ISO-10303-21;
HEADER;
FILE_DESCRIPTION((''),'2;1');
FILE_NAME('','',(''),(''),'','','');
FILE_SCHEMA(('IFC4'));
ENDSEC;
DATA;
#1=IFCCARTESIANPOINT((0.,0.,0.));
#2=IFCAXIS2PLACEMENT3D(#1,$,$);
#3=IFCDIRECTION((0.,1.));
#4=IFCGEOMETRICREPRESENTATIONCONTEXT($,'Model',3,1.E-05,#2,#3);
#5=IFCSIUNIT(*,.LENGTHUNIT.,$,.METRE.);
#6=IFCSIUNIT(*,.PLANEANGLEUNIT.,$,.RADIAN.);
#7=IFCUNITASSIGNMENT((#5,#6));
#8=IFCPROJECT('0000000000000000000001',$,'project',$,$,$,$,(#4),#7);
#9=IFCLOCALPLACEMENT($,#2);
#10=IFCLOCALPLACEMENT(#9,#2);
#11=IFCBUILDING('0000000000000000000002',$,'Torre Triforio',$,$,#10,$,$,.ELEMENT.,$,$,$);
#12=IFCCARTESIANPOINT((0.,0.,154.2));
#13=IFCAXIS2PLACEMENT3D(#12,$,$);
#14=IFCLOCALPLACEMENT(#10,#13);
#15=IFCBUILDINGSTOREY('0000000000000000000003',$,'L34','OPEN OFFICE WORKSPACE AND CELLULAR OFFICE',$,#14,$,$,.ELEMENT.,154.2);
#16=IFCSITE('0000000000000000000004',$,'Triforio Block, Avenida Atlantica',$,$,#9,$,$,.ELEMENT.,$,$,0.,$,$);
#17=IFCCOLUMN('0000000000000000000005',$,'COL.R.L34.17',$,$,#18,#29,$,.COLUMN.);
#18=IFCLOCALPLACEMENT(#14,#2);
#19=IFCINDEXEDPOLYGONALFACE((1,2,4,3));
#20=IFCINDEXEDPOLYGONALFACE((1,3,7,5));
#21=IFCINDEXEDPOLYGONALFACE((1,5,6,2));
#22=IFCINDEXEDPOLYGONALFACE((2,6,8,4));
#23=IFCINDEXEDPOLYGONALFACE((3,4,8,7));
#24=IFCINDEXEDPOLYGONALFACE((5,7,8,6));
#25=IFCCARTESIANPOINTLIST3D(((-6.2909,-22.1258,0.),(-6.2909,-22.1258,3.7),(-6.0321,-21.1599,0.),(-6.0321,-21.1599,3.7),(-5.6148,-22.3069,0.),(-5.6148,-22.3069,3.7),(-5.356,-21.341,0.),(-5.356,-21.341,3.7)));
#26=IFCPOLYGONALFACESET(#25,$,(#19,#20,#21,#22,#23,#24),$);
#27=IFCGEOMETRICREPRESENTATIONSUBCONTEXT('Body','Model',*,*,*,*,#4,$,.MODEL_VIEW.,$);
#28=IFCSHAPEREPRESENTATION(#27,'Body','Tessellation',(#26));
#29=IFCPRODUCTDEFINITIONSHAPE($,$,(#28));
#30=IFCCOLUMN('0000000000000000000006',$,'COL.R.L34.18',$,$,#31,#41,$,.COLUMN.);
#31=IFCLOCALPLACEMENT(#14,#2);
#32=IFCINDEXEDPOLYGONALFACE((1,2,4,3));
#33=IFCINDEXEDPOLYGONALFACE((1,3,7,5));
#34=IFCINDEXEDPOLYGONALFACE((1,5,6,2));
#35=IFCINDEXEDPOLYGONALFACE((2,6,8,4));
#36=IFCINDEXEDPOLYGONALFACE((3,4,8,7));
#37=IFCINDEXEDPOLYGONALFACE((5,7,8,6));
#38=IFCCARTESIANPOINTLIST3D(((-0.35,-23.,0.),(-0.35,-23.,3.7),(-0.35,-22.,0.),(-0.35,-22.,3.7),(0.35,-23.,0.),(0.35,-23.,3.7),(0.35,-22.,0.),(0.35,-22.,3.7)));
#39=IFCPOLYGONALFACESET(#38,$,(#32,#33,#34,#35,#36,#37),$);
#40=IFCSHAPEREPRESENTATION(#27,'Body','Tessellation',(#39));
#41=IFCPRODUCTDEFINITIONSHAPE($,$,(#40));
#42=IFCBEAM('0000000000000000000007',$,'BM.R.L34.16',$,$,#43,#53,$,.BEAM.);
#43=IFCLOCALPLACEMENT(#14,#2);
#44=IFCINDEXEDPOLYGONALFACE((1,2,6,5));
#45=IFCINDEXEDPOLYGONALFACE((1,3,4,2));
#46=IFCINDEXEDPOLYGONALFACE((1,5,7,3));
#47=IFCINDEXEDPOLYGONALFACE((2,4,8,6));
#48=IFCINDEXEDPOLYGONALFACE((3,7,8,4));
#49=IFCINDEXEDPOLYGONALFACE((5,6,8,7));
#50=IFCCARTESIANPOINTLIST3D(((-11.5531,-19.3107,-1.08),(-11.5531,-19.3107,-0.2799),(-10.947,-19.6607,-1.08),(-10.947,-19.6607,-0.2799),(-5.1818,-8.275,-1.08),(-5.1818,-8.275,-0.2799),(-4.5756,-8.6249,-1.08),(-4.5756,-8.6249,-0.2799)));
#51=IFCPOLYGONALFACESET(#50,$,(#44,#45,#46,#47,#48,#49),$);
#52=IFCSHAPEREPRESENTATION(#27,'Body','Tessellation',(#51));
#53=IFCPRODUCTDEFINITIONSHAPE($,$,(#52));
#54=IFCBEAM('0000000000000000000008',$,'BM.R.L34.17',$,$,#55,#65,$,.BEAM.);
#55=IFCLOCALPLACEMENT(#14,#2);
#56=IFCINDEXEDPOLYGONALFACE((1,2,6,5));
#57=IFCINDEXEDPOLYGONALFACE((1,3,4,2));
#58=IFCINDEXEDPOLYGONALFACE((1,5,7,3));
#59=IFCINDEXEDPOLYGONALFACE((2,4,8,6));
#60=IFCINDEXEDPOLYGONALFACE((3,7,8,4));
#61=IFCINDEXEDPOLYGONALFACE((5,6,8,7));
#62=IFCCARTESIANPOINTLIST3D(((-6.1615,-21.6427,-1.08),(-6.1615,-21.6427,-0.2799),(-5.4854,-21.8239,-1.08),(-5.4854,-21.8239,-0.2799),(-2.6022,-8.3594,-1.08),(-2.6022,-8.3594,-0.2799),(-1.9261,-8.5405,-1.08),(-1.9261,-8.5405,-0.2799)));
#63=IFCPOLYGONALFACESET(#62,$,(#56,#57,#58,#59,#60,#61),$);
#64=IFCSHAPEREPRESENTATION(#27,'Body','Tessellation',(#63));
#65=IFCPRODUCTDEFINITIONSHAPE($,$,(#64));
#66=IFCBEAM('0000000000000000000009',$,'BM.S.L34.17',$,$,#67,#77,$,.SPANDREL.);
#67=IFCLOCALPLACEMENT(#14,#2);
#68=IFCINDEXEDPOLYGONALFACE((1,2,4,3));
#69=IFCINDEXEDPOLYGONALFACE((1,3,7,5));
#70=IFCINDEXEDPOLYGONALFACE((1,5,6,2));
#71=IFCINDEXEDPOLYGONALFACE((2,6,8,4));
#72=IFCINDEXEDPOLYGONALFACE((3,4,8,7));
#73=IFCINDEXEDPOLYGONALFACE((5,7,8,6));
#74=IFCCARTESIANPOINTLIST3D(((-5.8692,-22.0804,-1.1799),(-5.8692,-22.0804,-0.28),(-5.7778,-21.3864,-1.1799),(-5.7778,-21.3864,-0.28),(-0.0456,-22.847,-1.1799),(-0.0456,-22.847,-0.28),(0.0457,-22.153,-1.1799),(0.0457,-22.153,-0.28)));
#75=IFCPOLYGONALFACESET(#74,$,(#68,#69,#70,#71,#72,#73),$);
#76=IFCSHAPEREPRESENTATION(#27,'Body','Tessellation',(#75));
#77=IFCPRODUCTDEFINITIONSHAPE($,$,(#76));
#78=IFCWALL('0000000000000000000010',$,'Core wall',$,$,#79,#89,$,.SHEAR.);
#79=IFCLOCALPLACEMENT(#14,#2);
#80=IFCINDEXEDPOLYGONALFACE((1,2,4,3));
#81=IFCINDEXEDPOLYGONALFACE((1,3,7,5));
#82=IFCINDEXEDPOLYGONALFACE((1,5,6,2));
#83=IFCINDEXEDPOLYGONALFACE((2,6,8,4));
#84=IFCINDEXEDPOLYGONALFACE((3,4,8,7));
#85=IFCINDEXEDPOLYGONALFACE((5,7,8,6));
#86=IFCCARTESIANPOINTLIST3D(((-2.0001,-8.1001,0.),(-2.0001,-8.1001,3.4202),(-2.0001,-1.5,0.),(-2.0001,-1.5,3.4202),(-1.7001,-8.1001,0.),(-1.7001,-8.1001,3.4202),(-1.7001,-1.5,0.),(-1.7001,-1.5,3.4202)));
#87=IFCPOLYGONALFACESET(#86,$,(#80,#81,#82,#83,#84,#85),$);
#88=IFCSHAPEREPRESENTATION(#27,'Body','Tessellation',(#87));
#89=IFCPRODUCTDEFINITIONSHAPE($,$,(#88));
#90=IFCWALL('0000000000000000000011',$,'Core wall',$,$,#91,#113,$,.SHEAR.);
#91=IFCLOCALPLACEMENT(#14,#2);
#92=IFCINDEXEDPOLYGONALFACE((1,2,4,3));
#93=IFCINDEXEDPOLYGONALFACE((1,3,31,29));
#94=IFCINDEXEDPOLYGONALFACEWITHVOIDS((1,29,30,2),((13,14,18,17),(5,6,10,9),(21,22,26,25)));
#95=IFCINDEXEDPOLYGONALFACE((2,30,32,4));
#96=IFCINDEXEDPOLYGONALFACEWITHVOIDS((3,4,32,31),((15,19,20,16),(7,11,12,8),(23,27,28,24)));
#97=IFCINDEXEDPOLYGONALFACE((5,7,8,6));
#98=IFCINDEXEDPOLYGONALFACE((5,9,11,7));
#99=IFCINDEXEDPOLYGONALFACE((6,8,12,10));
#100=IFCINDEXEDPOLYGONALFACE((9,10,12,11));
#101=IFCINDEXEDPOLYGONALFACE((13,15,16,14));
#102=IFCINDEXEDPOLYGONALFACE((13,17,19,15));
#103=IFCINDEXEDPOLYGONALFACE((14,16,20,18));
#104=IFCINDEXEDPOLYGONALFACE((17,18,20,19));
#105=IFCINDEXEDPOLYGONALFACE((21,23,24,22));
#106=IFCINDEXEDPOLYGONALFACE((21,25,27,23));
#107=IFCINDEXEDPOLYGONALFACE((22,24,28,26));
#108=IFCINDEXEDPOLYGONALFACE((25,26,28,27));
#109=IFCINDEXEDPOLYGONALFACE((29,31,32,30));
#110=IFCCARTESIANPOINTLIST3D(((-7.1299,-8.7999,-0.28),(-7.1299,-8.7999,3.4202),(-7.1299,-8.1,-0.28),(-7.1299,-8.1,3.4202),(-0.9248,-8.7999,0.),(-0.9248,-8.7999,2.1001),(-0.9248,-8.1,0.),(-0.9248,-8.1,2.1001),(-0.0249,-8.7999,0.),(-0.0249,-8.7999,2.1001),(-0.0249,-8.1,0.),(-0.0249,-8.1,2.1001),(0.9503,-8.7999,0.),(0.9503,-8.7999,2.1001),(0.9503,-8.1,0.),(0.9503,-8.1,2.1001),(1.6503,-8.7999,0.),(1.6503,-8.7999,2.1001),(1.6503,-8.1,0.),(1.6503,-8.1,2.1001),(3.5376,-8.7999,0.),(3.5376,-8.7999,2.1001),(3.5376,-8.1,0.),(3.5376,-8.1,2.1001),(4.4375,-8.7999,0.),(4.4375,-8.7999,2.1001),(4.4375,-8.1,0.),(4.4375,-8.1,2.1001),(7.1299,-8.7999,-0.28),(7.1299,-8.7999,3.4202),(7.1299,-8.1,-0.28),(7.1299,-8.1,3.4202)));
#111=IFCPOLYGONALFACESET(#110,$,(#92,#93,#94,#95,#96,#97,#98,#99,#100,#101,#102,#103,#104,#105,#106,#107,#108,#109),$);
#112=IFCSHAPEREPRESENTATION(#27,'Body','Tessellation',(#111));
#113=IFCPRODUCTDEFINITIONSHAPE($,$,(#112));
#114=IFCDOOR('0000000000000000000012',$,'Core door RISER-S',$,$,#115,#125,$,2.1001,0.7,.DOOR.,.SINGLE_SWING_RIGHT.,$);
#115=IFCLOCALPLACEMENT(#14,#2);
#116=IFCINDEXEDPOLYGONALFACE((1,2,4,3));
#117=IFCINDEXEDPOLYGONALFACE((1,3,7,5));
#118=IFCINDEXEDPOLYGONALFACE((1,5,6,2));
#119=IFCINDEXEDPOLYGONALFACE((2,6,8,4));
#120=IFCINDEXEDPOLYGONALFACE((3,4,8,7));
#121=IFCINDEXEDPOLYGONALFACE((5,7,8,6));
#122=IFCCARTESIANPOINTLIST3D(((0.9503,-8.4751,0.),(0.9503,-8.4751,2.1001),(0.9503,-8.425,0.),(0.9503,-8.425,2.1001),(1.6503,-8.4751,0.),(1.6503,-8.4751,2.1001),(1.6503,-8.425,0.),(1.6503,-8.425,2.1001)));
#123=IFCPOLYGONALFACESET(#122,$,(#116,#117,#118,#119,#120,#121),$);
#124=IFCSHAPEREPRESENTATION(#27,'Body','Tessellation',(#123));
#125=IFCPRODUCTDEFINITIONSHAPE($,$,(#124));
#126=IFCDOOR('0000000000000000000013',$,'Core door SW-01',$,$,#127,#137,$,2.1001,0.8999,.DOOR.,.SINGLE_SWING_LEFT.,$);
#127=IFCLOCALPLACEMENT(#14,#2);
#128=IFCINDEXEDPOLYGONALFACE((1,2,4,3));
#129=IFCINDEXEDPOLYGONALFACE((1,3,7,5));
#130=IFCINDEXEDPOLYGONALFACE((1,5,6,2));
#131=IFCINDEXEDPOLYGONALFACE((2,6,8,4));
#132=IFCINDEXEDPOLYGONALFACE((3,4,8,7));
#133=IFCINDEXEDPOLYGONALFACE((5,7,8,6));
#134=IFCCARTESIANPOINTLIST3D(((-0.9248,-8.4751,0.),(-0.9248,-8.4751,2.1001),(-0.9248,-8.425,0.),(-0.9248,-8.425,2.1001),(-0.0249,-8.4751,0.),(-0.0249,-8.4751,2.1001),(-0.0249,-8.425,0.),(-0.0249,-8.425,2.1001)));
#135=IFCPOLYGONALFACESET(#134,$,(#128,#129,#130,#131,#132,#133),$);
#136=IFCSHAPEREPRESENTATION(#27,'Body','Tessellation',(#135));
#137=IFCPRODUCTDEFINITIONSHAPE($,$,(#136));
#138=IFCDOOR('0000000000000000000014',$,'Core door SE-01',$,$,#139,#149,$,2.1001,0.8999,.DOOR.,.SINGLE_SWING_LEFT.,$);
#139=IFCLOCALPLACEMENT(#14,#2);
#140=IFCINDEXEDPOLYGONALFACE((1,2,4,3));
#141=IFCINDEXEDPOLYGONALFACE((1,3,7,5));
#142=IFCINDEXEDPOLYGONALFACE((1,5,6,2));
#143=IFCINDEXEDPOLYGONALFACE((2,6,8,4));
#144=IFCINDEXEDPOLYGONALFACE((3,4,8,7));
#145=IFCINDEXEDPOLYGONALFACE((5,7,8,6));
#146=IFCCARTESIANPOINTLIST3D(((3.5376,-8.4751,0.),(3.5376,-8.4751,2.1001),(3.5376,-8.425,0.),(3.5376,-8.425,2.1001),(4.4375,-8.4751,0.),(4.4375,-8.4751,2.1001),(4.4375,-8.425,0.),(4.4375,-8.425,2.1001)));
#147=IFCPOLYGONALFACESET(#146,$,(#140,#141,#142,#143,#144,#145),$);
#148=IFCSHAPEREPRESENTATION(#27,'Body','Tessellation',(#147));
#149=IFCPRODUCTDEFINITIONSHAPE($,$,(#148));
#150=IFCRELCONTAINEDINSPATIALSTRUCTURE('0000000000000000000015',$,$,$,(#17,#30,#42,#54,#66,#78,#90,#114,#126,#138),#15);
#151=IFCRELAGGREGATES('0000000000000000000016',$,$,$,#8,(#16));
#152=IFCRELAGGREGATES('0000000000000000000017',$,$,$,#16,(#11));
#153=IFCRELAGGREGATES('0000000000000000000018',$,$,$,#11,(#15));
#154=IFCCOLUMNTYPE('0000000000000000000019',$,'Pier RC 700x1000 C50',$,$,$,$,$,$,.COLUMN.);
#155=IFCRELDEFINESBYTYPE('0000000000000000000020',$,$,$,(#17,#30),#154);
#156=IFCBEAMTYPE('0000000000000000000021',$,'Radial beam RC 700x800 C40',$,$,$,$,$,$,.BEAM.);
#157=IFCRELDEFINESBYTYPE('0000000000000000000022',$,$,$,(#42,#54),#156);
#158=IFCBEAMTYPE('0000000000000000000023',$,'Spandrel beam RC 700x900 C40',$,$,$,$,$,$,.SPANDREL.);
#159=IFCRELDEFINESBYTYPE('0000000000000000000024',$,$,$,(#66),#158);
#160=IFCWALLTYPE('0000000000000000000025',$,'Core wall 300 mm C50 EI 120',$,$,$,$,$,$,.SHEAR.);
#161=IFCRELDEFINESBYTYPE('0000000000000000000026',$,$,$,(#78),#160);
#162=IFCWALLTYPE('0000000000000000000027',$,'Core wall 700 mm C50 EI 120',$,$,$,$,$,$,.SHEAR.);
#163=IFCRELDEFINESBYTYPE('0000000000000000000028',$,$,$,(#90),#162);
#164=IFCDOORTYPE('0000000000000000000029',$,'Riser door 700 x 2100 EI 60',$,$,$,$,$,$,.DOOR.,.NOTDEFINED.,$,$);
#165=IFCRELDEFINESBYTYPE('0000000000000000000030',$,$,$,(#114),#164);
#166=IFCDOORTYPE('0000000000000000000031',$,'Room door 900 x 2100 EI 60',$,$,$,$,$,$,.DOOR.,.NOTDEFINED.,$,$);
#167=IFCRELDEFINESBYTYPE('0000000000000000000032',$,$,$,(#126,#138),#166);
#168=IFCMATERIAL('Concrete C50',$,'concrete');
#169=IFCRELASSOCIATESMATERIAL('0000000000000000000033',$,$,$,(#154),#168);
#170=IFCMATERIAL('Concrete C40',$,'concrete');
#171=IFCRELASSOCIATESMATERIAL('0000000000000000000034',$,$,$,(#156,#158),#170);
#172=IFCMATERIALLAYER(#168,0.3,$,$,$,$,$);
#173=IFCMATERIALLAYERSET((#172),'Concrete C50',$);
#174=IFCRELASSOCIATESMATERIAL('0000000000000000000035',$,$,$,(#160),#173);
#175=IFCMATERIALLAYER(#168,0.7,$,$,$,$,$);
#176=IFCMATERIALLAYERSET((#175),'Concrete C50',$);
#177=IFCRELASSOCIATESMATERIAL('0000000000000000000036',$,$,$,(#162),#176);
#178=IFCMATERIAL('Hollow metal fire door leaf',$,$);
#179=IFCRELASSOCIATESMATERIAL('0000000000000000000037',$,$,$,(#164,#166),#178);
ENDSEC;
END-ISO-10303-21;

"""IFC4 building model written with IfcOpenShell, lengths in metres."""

from ifc_helpers import new_model, si_unit, direction, frame, frame_2d, origin, origin_2d, place, context, subcontext, project, spatial, rectangle, extrude, material, layer, layer_set, material_profile, profile_set, type_object, element, fill, save


model = new_model("IFC4")

# Units and contexts
model_context = context("Model", 3, precision=1e-05, world=origin(), true_north=direction((0.0, 1.0)))
body_context = subcontext(model_context, "Body", "Model", "MODEL_VIEW")
ifc_project = project(units=[si_unit("LENGTHUNIT", "METRE"), si_unit("PLANEANGLEUNIT", "RADIAN")], contexts=[model_context])

# Site, building, storey
site_placement = place(None, origin())
site = spatial("IfcSite", under=ifc_project, at=site_placement, Name="Triforio Block, Avenida Atlantica", CompositionType="ELEMENT", RefElevation=0.0)
building_placement = place(site_placement, origin())
building = spatial("IfcBuilding", under=site, at=building_placement, Name="Torre Triforio", CompositionType="ELEMENT")
storey_placement = place(building_placement, frame((0.0, 0.0, 154.2)))
storey = spatial("IfcBuildingStorey", under=building, at=storey_placement, Name="L34", Description="OPEN OFFICE WORKSPACE AND CELLULAR OFFICE", CompositionType="ELEMENT", Elevation=154.2)

# Columns
ifc_material_1 = material(Name="Concrete C50", Category="concrete")
ifc_material_profile_1 = material_profile(ifc_material_1, rectangle(XDim=0.7, YDim=1.0, at=origin_2d()), Name="RC 700x1000")
ifc_profile_set_1 = profile_set([ifc_material_profile_1], Name="Concrete C50")
column_type = type_object("IfcColumnType", Name="Pier RC 700x1000 C50", PredefinedType="COLUMN", material=ifc_profile_set_1)
for number, where, z_axis, x_axis, name in (
    (1, (-5.8235, -21.7334, 0.0), (0.0, 0.0, 1.0), (0.965926, -0.258819, 0.0), "COL.R.L34.17"),
    (2, (0.0, -22.5, 0.0), (0.0, 0.0, 1.0), (1.0, 0.0, 0.0), "COL.R.L34.18"),
):
    element("IfcColumn", number, at=place(storey_placement, frame(where, z_axis=z_axis, x_axis=x_axis)), inside=storey, type_object=column_type, Name=name, PredefinedType="COLUMN", context=body_context, shape_type="SweptSolid", body=[
        extrude(rectangle(XDim=0.7, YDim=1.0, at=origin_2d()), origin(), (0.0, 0.0, 1.0), 3.7),
    ])

# Beams
ifc_material_2 = material(Name="Concrete C40", Category="concrete")
ifc_material_profile_2 = material_profile(ifc_material_2, rectangle(XDim=0.7, YDim=0.8, at=origin_2d()), Name="RC 700x800")
ifc_profile_set_2 = profile_set([ifc_material_profile_2], Name="Concrete C40")
beam_type_1 = type_object("IfcBeamType", Name="Radial beam RC 700x800 C40", PredefinedType="BEAM", material=ifc_profile_set_2)
beam_1_placement = place(storey_placement, frame((-4.8787, -8.45, -0.6799), z_axis=(-0.499994, -0.866029, 0.0), x_axis=(0.866029, -0.499994, 0.0)))
element("IfcBeam", 3, at=beam_1_placement, inside=storey, type_object=beam_type_1, Name="BM.R.L34.16", PredefinedType="BEAM", context=body_context, shape_type="SweptSolid", body=[
    extrude(rectangle(XDim=0.7, YDim=0.8, at=origin_2d()), origin(), (0.0, 0.0, 1.0), 12.7429),
])
beam_2_placement = place(storey_placement, frame((-2.2642, -8.45, -0.6799), z_axis=(-0.258822, -0.965925, 0.0), x_axis=(0.965925, -0.258822, 0.0)))
element("IfcBeam", 4, at=beam_2_placement, inside=storey, type_object=beam_type_1, Name="BM.R.L34.17", PredefinedType="BEAM", context=body_context, shape_type="SweptSolid", body=[
    extrude(rectangle(XDim=0.7, YDim=0.8, at=origin_2d()), origin(), (0.0, 0.0, 1.0), 13.752),
])
ifc_material_profile_3 = material_profile(ifc_material_2, rectangle(XDim=0.7, YDim=0.8999, at=origin_2d()), Name="RC 700x900")
ifc_profile_set_3 = profile_set([ifc_material_profile_3], Name="Concrete C40")
beam_type_2 = type_object("IfcBeamType", Name="Spandrel beam RC 700x900 C40", PredefinedType="SPANDREL", material=ifc_profile_set_3)
beam_3_placement = place(storey_placement, frame((-5.8235, -21.7334, -0.73), z_axis=(0.991447, -0.130514, 0.0), x_axis=(0.130514, 0.991447, 0.0)))
element("IfcBeam", 5, at=beam_3_placement, inside=storey, type_object=beam_type_2, Name="BM.S.L34.17", PredefinedType="SPANDREL", context=body_context, shape_type="SweptSolid", body=[
    extrude(rectangle(XDim=0.7, YDim=0.8999, at=origin_2d()), origin(), (0.0, 0.0, 1.0), 5.8738),
])

# Wall
ifc_layer_1 = layer(ifc_material_1, 0.3)
ifc_layer_set_1 = layer_set([ifc_layer_1], Name="Concrete C50")
wall_type_1 = type_object("IfcWallType", Name="Core wall 300 mm C50 EI 120", PredefinedType="SHEAR", material=ifc_layer_set_1)
wall_1_placement = place(storey_placement, frame((-1.8501, -8.1001, 0.0), z_axis=(0.0, 0.0, 1.0), x_axis=(0.0, 1.0, 0.0)))
element("IfcWall", 6, at=wall_1_placement, inside=storey, type_object=wall_type_1, Name="Core wall", PredefinedType="SHEAR", context=body_context, shape_type="SweptSolid", body=[
    extrude(rectangle(XDim=6.6001, YDim=0.3, at=frame_2d((3.3, 0.0))), origin(), (0.0, 0.0, 1.0), 3.4202),
])

# Wall, openings, doors
ifc_layer_2 = layer(ifc_material_1, 0.7)
ifc_layer_set_2 = layer_set([ifc_layer_2], Name="Concrete C50")
wall_type_2 = type_object("IfcWallType", Name="Core wall 700 mm C50 EI 120", PredefinedType="SHEAR", material=ifc_layer_set_2)
wall_2_placement = place(storey_placement, frame((-7.1299, -8.45, -0.28), z_axis=(0.0, 0.0, 1.0), x_axis=(1.0, 0.0, 0.0)))
wall_2 = element("IfcWall", 7, at=wall_2_placement, inside=storey, type_object=wall_type_2, Name="Core wall", PredefinedType="SHEAR", context=body_context, shape_type="SweptSolid", body=[
    extrude(rectangle(XDim=14.2598, YDim=0.7, at=frame_2d((7.1299, 0.0))), origin(), (0.0, 0.0, 1.0), 3.7002),
])
opening_1_placement = place(wall_2_placement, frame((8.0801, 0.0, 0.28)))
opening_1 = element("IfcOpeningElement", 8, at=opening_1_placement, cuts=wall_2, PredefinedType="OPENING", context=body_context, shape_type="SweptSolid", body=[
    extrude(rectangle(XDim=0.7, YDim=2.1001, at=frame_2d((0.3501, 1.05))), frame((0.0, 0.3599, 0.0), z_axis=(0.0, -1.0, 0.0), x_axis=(1.0, 0.0, 0.0)), (0.0, 0.0, 1.0), 0.72),
])
opening_2_placement = place(wall_2_placement, frame((6.2051, 0.0, 0.28)))
opening_2 = element("IfcOpeningElement", 9, at=opening_2_placement, cuts=wall_2, PredefinedType="OPENING", context=body_context, shape_type="SweptSolid", body=[
    extrude(rectangle(XDim=0.8999, YDim=2.1001, at=frame_2d((0.45, 1.05))), frame((0.0, 0.3599, 0.0), z_axis=(0.0, -1.0, 0.0), x_axis=(1.0, 0.0, 0.0)), (0.0, 0.0, 1.0), 0.72),
])
opening_3_placement = place(wall_2_placement, frame((10.6675, 0.0, 0.28)))
opening_3 = element("IfcOpeningElement", 10, at=opening_3_placement, cuts=wall_2, PredefinedType="OPENING", context=body_context, shape_type="SweptSolid", body=[
    extrude(rectangle(XDim=0.8999, YDim=2.1001, at=frame_2d((0.45, 1.05))), frame((0.0, 0.3599, 0.0), z_axis=(0.0, -1.0, 0.0), x_axis=(1.0, 0.0, 0.0)), (0.0, 0.0, 1.0), 0.72),
])
ifc_material_3 = material(Name="Hollow metal fire door leaf")
door_type_1 = type_object("IfcDoorType", Name="Riser door 700 x 2100 EI 60", OperationType="NOTDEFINED", PredefinedType="DOOR", material=ifc_material_3)
door_1_placement = place(opening_1_placement, origin())
door_1 = element("IfcDoor", 11, at=door_1_placement, inside=storey, type_object=door_type_1, Name="Core door RISER-S", OperationType="SINGLE_SWING_RIGHT", OverallHeight=2.1001, OverallWidth=0.7, PredefinedType="DOOR", context=body_context, shape_type="SweptSolid", body=[
    extrude(rectangle(XDim=0.7, YDim=2.1001, at=frame_2d((0.3501, 1.05))), frame((0.0, 0.0249, 0.0), z_axis=(0.0, -1.0, 0.0), x_axis=(1.0, 0.0, 0.0)), (0.0, 0.0, 1.0), 0.05),
])
fill(opening_1, door_1)
door_type_2 = type_object("IfcDoorType", Name="Room door 900 x 2100 EI 60", OperationType="NOTDEFINED", PredefinedType="DOOR", material=ifc_material_3)
door_2_placement = place(opening_2_placement, origin())
door_2 = element("IfcDoor", 12, at=door_2_placement, inside=storey, type_object=door_type_2, Name="Core door SW-01", OperationType="SINGLE_SWING_LEFT", OverallHeight=2.1001, OverallWidth=0.8999, PredefinedType="DOOR", context=body_context, shape_type="SweptSolid", body=[
    extrude(rectangle(XDim=0.8999, YDim=2.1001, at=frame_2d((0.45, 1.05))), frame((0.0, 0.0249, 0.0), z_axis=(0.0, -1.0, 0.0), x_axis=(1.0, 0.0, 0.0)), (0.0, 0.0, 1.0), 0.05),
])
fill(opening_2, door_2)
door_3_placement = place(opening_3_placement, origin())
door_3 = element("IfcDoor", 13, at=door_3_placement, inside=storey, type_object=door_type_2, Name="Core door SE-01", OperationType="SINGLE_SWING_LEFT", OverallHeight=2.1001, OverallWidth=0.8999, PredefinedType="DOOR", context=body_context, shape_type="SweptSolid", body=[
    extrude(rectangle(XDim=0.8999, YDim=2.1001, at=frame_2d((0.45, 1.05))), frame((0.0, 0.0249, 0.0), z_axis=(0.0, -1.0, 0.0), x_axis=(1.0, 0.0, 0.0)), (0.0, 0.0, 1.0), 0.05),
])
fill(opening_3, door_3)

save(model, "model.ifc")
